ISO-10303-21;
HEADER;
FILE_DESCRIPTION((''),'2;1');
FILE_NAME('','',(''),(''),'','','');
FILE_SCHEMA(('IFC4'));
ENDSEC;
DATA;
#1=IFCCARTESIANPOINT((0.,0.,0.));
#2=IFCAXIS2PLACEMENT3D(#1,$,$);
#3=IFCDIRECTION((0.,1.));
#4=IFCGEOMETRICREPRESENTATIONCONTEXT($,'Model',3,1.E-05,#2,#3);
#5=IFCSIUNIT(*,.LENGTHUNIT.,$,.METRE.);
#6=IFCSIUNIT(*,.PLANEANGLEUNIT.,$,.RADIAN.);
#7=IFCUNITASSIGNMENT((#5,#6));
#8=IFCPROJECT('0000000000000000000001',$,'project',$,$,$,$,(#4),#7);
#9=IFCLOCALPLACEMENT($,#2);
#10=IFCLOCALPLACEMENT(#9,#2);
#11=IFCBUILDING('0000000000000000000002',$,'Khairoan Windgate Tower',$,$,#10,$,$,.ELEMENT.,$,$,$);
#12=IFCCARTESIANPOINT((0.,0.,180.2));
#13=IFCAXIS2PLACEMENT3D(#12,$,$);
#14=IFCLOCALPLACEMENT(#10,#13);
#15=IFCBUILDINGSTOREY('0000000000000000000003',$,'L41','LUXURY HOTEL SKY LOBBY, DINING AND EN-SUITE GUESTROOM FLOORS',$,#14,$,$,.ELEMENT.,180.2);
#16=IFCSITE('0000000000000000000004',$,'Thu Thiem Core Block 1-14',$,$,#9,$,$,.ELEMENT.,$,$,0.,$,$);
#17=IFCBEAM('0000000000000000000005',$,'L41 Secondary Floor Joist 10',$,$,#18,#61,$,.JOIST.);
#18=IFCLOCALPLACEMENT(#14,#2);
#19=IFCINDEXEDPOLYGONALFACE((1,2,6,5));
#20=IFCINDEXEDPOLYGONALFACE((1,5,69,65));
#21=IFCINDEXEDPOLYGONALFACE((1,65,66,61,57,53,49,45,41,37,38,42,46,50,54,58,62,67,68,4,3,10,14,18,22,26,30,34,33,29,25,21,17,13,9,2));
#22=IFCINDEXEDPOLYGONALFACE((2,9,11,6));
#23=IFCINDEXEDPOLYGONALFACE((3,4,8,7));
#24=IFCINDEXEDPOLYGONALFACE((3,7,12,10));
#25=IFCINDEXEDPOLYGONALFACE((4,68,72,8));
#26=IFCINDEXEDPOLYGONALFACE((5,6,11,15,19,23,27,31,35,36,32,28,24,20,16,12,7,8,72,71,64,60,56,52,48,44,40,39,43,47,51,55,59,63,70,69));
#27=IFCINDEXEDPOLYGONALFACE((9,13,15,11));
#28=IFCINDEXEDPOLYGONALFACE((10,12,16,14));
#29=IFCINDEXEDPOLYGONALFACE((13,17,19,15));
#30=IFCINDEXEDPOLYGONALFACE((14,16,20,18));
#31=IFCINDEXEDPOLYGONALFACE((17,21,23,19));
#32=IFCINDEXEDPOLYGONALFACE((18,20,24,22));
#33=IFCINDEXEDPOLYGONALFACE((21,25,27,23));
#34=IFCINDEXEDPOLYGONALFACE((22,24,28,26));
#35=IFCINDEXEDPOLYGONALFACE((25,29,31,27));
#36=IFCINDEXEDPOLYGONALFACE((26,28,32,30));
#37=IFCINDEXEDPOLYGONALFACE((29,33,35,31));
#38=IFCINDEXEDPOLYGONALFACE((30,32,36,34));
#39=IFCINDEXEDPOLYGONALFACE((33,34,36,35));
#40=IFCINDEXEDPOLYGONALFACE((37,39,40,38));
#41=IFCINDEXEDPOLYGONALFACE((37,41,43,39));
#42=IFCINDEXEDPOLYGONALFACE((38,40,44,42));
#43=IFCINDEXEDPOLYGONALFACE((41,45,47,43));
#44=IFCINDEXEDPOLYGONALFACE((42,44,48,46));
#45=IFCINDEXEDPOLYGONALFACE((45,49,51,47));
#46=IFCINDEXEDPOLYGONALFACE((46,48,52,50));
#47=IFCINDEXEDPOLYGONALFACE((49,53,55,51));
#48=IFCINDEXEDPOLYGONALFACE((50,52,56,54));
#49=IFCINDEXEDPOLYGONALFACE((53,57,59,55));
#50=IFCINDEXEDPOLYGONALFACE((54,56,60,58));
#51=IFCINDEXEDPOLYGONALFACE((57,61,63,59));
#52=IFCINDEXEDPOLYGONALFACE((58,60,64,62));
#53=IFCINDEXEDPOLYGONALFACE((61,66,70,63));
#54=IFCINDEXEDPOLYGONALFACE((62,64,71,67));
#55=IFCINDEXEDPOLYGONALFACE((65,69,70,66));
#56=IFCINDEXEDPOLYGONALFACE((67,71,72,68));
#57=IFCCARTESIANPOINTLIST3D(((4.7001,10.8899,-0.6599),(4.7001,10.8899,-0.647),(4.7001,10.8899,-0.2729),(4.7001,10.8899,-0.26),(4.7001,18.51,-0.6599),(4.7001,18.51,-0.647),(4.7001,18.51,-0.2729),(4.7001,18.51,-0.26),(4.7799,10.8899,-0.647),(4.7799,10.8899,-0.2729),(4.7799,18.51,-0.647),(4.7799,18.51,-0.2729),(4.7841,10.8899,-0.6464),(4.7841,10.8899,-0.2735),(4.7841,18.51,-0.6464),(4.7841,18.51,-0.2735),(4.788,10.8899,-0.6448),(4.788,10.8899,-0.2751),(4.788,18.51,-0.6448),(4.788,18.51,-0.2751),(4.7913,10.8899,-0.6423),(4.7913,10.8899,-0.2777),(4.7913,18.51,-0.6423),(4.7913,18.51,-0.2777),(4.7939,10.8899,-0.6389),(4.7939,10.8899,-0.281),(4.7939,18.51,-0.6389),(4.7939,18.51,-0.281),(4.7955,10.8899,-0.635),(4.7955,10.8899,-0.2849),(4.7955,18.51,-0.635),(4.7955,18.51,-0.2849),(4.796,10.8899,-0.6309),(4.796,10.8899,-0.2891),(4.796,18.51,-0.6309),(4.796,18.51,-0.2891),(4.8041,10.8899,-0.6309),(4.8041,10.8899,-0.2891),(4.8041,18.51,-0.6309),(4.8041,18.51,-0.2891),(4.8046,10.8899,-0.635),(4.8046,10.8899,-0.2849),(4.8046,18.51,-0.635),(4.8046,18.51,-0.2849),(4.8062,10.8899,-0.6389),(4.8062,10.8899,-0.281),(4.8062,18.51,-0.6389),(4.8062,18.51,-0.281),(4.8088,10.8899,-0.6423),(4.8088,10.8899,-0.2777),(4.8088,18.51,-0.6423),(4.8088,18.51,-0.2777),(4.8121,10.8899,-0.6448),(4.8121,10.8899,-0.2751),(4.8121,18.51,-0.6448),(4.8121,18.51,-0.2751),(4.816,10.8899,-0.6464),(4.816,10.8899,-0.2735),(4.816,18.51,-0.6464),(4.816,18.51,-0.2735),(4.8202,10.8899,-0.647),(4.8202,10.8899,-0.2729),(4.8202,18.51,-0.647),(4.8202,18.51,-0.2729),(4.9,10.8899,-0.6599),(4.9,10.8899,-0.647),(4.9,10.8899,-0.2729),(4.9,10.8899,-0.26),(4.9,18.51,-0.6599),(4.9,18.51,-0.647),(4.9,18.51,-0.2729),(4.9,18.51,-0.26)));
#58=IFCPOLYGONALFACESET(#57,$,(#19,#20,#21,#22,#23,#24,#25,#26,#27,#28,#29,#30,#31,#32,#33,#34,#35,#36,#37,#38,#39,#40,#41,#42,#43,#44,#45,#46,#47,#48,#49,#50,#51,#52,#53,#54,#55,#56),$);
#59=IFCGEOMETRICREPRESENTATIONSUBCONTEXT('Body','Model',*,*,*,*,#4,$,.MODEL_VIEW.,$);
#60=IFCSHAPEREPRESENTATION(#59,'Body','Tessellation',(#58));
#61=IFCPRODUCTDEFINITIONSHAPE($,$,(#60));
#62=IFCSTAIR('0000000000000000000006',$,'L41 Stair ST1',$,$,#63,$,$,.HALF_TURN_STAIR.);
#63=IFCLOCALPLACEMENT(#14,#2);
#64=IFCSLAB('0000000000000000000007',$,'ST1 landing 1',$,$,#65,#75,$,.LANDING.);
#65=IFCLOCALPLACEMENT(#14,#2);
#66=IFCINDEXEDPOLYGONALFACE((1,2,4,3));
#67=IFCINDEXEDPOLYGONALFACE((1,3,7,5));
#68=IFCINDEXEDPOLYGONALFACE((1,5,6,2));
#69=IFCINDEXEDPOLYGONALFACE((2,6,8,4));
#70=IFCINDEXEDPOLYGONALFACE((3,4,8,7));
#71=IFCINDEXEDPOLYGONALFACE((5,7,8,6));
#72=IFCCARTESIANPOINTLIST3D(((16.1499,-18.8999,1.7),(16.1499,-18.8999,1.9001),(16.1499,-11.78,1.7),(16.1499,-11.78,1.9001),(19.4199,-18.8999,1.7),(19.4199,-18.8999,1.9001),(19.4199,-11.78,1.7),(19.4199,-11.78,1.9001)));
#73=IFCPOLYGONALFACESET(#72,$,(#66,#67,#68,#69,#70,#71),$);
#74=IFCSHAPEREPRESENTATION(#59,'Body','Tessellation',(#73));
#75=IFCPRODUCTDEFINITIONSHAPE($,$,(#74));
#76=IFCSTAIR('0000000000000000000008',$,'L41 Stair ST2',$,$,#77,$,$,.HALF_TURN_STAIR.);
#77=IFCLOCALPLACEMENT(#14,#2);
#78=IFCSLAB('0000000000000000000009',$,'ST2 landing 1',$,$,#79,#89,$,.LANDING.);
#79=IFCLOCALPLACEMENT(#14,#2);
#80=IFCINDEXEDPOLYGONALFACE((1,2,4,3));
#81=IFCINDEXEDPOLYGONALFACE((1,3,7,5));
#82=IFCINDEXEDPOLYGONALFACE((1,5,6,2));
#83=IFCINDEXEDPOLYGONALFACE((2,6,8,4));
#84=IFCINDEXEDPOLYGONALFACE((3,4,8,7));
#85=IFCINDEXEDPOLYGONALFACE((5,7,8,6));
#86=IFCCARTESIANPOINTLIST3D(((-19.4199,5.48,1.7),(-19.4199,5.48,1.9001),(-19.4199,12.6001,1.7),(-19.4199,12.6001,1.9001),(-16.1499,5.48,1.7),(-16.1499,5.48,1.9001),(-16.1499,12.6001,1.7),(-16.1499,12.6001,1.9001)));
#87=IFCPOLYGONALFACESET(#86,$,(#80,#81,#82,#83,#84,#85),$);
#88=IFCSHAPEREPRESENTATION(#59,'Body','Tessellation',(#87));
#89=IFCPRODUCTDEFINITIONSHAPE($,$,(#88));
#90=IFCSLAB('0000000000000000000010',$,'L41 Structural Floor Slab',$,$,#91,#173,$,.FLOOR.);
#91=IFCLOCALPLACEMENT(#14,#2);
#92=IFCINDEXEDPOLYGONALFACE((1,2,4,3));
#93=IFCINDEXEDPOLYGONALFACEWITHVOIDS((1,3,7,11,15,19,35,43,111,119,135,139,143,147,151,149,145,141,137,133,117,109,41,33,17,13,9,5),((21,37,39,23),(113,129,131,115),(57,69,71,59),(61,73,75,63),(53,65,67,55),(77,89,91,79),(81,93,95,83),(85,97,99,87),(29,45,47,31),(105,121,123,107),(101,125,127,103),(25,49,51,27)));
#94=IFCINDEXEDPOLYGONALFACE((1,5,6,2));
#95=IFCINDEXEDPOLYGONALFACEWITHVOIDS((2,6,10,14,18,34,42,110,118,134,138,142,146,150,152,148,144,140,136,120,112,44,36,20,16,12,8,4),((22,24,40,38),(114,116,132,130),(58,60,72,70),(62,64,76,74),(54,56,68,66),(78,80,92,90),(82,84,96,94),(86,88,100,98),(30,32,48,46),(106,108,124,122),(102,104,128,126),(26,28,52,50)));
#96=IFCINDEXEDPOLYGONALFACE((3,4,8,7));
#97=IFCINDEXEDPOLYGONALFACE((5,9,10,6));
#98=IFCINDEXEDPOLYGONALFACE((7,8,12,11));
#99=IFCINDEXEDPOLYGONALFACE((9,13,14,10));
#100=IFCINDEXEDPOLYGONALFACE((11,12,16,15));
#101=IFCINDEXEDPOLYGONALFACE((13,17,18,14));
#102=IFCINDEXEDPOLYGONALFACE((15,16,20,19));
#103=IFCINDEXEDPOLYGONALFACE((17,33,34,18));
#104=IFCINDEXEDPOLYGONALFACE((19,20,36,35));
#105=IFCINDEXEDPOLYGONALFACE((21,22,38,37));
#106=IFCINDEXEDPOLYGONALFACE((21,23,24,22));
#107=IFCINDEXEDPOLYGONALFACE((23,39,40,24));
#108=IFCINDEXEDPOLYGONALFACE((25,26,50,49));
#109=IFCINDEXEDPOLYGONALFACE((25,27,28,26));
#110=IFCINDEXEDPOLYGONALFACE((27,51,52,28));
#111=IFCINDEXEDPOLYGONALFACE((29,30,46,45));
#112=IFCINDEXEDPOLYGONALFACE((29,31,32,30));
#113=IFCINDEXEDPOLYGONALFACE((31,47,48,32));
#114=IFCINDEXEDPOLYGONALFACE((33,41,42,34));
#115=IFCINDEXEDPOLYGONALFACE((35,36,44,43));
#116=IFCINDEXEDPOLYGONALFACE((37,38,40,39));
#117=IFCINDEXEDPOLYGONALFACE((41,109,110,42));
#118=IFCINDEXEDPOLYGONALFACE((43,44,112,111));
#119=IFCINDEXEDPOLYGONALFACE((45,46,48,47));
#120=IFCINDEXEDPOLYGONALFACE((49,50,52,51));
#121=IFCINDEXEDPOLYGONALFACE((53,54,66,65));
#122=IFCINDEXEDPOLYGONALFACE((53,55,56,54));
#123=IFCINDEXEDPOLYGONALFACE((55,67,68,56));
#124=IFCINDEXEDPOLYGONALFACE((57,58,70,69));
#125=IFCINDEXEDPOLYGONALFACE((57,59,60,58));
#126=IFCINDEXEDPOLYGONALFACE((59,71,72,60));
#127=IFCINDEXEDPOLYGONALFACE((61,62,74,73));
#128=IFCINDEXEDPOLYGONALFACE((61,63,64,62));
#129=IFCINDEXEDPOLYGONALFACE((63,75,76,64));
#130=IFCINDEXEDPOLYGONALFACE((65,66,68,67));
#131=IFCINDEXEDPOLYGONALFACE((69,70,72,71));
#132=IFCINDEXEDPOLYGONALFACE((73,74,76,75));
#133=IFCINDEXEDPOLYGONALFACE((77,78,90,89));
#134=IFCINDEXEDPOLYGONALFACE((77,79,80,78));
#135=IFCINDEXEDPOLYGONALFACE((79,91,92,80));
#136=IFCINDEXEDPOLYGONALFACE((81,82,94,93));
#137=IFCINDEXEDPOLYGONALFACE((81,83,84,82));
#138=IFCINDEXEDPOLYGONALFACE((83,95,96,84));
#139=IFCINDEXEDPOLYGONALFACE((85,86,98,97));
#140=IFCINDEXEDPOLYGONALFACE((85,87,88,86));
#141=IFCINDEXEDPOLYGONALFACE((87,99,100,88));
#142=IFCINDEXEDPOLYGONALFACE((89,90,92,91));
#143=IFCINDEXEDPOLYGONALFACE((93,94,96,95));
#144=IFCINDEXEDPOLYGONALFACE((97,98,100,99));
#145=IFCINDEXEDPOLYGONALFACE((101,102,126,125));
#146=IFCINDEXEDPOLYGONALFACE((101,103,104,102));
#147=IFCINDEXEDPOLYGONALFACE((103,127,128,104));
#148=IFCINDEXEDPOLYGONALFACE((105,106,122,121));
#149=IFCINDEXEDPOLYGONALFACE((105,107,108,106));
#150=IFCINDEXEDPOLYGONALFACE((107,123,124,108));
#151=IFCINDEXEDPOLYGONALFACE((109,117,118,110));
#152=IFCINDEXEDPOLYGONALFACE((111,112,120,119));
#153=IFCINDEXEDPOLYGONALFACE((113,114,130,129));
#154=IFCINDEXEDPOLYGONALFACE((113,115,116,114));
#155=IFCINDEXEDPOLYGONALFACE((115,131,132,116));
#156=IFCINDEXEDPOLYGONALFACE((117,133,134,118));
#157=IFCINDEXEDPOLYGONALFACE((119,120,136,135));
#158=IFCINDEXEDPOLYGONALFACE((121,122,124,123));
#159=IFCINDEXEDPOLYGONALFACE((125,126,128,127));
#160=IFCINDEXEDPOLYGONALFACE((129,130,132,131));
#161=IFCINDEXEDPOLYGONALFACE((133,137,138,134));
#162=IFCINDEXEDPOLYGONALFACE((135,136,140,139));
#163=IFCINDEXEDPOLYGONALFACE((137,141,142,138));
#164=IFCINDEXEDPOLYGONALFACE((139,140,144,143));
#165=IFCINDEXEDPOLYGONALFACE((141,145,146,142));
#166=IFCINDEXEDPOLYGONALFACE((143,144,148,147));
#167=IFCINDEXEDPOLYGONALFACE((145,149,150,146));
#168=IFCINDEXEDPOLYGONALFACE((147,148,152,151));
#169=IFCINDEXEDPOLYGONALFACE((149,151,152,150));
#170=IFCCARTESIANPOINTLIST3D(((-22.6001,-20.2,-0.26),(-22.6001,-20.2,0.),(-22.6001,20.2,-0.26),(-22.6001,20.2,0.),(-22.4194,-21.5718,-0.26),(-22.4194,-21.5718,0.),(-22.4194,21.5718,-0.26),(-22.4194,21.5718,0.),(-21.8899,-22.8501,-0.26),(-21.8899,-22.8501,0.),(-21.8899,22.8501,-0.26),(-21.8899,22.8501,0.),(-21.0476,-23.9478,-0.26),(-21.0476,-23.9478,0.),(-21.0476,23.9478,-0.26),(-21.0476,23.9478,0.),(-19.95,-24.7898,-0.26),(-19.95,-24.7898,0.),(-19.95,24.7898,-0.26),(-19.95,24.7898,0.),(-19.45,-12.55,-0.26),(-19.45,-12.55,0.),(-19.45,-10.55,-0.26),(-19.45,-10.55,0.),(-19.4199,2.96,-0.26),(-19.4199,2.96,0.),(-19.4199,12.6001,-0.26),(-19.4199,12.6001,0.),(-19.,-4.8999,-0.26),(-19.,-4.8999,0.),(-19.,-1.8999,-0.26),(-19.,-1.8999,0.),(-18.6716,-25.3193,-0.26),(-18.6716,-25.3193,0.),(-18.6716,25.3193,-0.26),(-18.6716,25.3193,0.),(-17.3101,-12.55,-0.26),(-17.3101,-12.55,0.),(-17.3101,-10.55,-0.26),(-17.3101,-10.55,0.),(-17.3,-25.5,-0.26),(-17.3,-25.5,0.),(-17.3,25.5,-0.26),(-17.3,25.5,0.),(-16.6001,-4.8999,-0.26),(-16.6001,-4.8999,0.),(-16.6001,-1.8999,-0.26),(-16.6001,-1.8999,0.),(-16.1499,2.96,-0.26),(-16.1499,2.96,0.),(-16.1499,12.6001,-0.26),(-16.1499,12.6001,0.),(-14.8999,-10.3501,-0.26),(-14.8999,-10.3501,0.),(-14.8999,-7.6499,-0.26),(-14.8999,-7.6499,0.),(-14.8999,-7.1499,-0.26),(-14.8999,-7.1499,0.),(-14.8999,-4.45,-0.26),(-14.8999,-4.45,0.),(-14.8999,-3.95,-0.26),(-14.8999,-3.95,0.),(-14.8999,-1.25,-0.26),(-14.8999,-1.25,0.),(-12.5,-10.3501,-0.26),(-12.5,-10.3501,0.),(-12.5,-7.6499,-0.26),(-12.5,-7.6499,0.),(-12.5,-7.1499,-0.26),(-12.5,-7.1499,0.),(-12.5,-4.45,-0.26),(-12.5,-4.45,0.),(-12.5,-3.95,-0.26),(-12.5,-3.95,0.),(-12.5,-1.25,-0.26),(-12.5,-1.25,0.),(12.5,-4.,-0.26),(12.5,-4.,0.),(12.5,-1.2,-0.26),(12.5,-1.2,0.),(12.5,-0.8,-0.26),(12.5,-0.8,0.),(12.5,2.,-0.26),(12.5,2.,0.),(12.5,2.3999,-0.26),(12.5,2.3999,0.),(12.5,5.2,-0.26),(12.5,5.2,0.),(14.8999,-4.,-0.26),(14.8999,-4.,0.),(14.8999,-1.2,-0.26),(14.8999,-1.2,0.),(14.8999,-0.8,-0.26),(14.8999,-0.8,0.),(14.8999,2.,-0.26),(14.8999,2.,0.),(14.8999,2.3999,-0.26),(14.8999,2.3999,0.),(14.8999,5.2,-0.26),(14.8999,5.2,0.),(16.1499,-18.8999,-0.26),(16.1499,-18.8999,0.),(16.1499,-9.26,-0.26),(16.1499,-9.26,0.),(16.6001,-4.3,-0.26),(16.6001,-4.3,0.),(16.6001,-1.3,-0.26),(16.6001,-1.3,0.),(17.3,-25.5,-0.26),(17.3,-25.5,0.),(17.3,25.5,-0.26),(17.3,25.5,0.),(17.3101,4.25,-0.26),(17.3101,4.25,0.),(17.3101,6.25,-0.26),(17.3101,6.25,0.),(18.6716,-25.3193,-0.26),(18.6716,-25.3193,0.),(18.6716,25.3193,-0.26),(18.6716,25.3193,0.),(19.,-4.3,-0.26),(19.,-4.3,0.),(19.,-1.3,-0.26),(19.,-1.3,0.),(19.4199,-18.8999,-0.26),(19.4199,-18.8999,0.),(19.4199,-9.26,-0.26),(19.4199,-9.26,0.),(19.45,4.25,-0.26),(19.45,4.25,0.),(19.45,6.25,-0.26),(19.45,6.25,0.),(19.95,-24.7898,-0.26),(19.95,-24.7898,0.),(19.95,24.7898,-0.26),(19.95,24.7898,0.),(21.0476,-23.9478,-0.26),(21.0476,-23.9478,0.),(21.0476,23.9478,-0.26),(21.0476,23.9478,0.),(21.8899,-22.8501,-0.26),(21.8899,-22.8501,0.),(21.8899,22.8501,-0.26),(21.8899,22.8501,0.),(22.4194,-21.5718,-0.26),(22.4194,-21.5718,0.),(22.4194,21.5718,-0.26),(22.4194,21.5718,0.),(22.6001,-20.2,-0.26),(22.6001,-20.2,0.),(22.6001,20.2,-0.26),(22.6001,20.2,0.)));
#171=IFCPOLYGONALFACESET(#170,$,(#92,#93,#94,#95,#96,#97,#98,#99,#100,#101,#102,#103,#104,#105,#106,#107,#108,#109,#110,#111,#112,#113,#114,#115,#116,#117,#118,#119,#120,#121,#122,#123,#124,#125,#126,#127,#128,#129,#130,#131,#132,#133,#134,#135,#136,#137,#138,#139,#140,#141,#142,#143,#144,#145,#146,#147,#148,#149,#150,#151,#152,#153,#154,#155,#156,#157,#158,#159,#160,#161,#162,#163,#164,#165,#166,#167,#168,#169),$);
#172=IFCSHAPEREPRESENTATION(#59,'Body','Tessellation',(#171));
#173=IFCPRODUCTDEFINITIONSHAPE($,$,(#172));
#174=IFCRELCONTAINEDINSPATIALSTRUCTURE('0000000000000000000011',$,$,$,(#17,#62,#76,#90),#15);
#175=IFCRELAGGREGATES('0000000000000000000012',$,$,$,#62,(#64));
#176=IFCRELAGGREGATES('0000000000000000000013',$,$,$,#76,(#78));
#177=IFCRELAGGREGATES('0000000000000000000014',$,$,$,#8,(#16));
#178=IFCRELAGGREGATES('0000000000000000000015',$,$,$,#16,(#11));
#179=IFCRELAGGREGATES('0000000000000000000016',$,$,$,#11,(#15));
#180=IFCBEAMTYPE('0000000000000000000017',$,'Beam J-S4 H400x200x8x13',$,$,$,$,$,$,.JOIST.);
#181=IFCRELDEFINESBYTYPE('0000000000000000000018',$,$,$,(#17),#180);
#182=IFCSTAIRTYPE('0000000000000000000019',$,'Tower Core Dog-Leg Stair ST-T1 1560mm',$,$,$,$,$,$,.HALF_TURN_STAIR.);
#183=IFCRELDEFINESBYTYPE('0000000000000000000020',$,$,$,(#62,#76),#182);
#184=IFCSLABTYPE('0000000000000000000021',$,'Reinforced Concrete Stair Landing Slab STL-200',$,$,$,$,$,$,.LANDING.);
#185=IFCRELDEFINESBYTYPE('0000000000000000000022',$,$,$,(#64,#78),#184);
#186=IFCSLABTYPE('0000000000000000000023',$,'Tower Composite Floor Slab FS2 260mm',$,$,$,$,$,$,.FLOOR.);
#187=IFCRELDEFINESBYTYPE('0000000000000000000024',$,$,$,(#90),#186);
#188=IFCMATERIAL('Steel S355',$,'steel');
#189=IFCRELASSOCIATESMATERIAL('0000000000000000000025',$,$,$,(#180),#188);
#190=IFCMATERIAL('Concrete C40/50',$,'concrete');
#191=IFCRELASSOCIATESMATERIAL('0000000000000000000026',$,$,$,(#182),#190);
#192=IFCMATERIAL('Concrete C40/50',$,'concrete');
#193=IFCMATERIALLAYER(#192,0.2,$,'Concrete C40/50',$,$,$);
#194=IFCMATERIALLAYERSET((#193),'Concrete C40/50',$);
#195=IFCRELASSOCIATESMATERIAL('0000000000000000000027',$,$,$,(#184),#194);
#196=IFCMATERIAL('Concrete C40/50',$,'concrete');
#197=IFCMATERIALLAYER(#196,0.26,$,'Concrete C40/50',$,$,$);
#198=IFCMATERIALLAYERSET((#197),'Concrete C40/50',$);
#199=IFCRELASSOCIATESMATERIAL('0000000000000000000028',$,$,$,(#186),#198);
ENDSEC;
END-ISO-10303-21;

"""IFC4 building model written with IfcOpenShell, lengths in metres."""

from ifc_helpers import new_model, si_unit, direction, frame, origin, origin_2d, place, context, subcontext, project, spatial, polyline, i_section, outline, extrude, material, layer, layer_set, material_profile, profile_set, type_object, element, aggregate, save


model = new_model("IFC4")

# Units and contexts
model_context = context("Model", 3, precision=1e-05, world=origin(), true_north=direction((0.0, 1.0)))
body_context = subcontext(model_context, "Body", "Model", "MODEL_VIEW")
ifc_project = project(units=[si_unit("LENGTHUNIT", "METRE"), si_unit("PLANEANGLEUNIT", "RADIAN")], contexts=[model_context])

# Site, building, storey
site_placement = place(None, origin())
site = spatial("IfcSite", under=ifc_project, at=site_placement, Name="Thu Thiem Core Block 1-14", CompositionType="ELEMENT", RefElevation=0.0)
building_placement = place(site_placement, origin())
building = spatial("IfcBuilding", under=site, at=building_placement, Name="Khairoan Windgate Tower", CompositionType="ELEMENT")
storey_placement = place(building_placement, frame((0.0, 0.0, 180.2)))
storey = spatial("IfcBuildingStorey", under=building, at=storey_placement, Name="L41", Description="LUXURY HOTEL SKY LOBBY, DINING AND EN-SUITE GUESTROOM FLOORS", CompositionType="ELEMENT", Elevation=180.2)

# Beam
ifc_material_1 = material(Name="Steel S355", Category="steel")
ifc_material_profile_1 = material_profile(ifc_material_1, i_section(OverallWidth=0.2, OverallDepth=0.3999, WebThickness=0.0081, FlangeThickness=0.0129, FilletRadius=0.0161, at=origin_2d()))
ifc_profile_set_1 = profile_set([ifc_material_profile_1], Name="Steel S355")
beam_type_1 = type_object("IfcBeamType", Name="Beam J-S4 H400x200x8x13", PredefinedType="JOIST", material=ifc_profile_set_1)
beam_1_placement = place(storey_placement, frame((4.8, 10.8899, -0.46), z_axis=(0.0, 1.0, 0.0), x_axis=(-1.0, 0.0, 0.0)))
element("IfcBeam", 1, at=beam_1_placement, inside=storey, type_object=beam_type_1, Name="L41 Secondary Floor Joist 10", PredefinedType="JOIST", context=body_context, shape_type="SweptSolid", body=[
    extrude(i_section(OverallWidth=0.2, OverallDepth=0.3999, WebThickness=0.0081, FlangeThickness=0.0129, FilletRadius=0.0161, at=origin_2d()), origin(), (0.0, 0.0, 1.0), 7.6201),
])

# Stairs, slabs
ifc_material_2 = material(Name="Concrete C40/50", Category="concrete")
stair_type = type_object("IfcStairType", Name="Tower Core Dog-Leg Stair ST-T1 1560mm", PredefinedType="HALF_TURN_STAIR", material=ifc_material_2)
stair_1_placement = place(storey_placement, origin())
stair_1 = element("IfcStair", 2, at=stair_1_placement, inside=storey, type_object=stair_type, Name="L41 Stair ST1", PredefinedType="HALF_TURN_STAIR")
ifc_material_3 = material(Name="Concrete C40/50", Category="concrete")
ifc_layer_1 = layer(ifc_material_3, 0.2, Name="Concrete C40/50")
ifc_layer_set_1 = layer_set([ifc_layer_1], Name="Concrete C40/50")
slab_type_1 = type_object("IfcSlabType", Name="Reinforced Concrete Stair Landing Slab STL-200", PredefinedType="LANDING", material=ifc_layer_set_1)
slab_1_placement = place(storey_placement, frame((0.0, 0.0, 1.7)))
slab_1 = element("IfcSlab", 3, at=slab_1_placement, type_object=slab_type_1, Name="ST1 landing 1", PredefinedType="LANDING", context=body_context, shape_type="SweptSolid", body=[
    extrude(outline(polyline([(16.1499, -11.78), (16.1499, -18.8999), (19.4199, -18.8999), (19.4199, -11.78), (16.1499, -11.78)])), origin(), (0.0, 0.0, 1.0), 0.2002),
])
aggregate(stair_1, [slab_1])
stair_2_placement = place(storey_placement, origin())
stair_2 = element("IfcStair", 4, at=stair_2_placement, inside=storey, type_object=stair_type, Name="L41 Stair ST2", PredefinedType="HALF_TURN_STAIR")
slab_2_placement = place(storey_placement, frame((0.0, 0.0, 1.7)))
slab_2 = element("IfcSlab", 5, at=slab_2_placement, type_object=slab_type_1, Name="ST2 landing 1", PredefinedType="LANDING", context=body_context, shape_type="SweptSolid", body=[
    extrude(outline(polyline([(-16.1499, 5.48), (-16.1499, 12.6001), (-19.4199, 12.6001), (-19.4199, 5.48), (-16.1499, 5.48)])), origin(), (0.0, 0.0, 1.0), 0.2002),
])
aggregate(stair_2, [slab_2])

# Slab
ifc_material_4 = material(Name="Concrete C40/50", Category="concrete")
ifc_layer_2 = layer(ifc_material_4, 0.26, Name="Concrete C40/50")
ifc_layer_set_2 = layer_set([ifc_layer_2], Name="Concrete C40/50")
slab_type_2 = type_object("IfcSlabType", Name="Tower Composite Floor Slab FS2 260mm", PredefinedType="FLOOR", material=ifc_layer_set_2)
slab_3_placement = place(storey_placement, frame((0.0, 0.0, -0.26)))
element("IfcSlab", 6, at=slab_3_placement, inside=storey, type_object=slab_type_2, Name="L41 Structural Floor Slab", PredefinedType="FLOOR", context=body_context, shape_type="SweptSolid", body=[
    extrude(outline(polyline([(17.3, -25.5), (18.6716, -25.3193), (19.95, -24.7898), (21.0476, -23.9478), (21.8899, -22.8501), (22.4194, -21.5718), (22.6001, -20.2), (22.6001, 20.2), (22.4194, 21.5718), (21.8899, 22.8501), (21.0476, 23.9478), (19.95, 24.7898), (18.6716, 25.3193), (17.3, 25.5), (-17.3, 25.5), (-18.6716, 25.3193), (-19.95, 24.7898), (-21.0476, 23.9478), (-21.8899, 22.8501), (-22.4194, 21.5718), (-22.6001, 20.2), (-22.6001, -20.2), (-22.4194, -21.5718), (-21.8899, -22.8501), (-21.0476, -23.9478), (-19.95, -24.7898), (-18.6716, -25.3193), (-17.3, -25.5), (17.3, -25.5)]), holes=[polyline([(16.1499, -9.26), (16.1499, -18.8999), (19.4199, -18.8999), (19.4199, -9.26), (16.1499, -9.26)]), polyline([(-16.1499, 2.96), (-16.1499, 12.6001), (-19.4199, 12.6001), (-19.4199, 2.96), (-16.1499, 2.96)]), polyline([(-14.8999, -3.95), (-12.5, -3.95), (-12.5, -1.25), (-14.8999, -1.25), (-14.8999, -3.95)]), polyline([(-14.8999, -7.1499), (-12.5, -7.1499), (-12.5, -4.45), (-14.8999, -4.45), (-14.8999, -7.1499)]), polyline([(-14.8999, -10.3501), (-12.5, -10.3501), (-12.5, -7.6499), (-14.8999, -7.6499), (-14.8999, -10.3501)]), polyline([(12.5, 2.3999), (14.8999, 2.3999), (14.8999, 5.2), (12.5, 5.2), (12.5, 2.3999)]), polyline([(12.5, -0.8), (14.8999, -0.8), (14.8999, 2.0), (12.5, 2.0), (12.5, -0.8)]), polyline([(12.5, -4.0), (14.8999, -4.0), (14.8999, -1.2), (12.5, -1.2), (12.5, -4.0)]), polyline([(16.6001, -4.3), (19.0, -4.3), (19.0, -1.3), (16.6001, -1.3), (16.6001, -4.3)]), polyline([(-19.0, -4.8999), (-16.6001, -4.8999), (-16.6001, -1.8999), (-19.0, -1.8999), (-19.0, -4.8999)]), polyline([(-19.45, -12.55), (-17.3101, -12.55), (-17.3101, -10.55), (-19.45, -10.55), (-19.45, -12.55)]), polyline([(17.3101, 4.25), (19.45, 4.25), (19.45, 6.25), (17.3101, 6.25), (17.3101, 4.25)])]), origin(), (0.0, 0.0, 1.0), 0.26),
])

save(model, "model.ifc")
